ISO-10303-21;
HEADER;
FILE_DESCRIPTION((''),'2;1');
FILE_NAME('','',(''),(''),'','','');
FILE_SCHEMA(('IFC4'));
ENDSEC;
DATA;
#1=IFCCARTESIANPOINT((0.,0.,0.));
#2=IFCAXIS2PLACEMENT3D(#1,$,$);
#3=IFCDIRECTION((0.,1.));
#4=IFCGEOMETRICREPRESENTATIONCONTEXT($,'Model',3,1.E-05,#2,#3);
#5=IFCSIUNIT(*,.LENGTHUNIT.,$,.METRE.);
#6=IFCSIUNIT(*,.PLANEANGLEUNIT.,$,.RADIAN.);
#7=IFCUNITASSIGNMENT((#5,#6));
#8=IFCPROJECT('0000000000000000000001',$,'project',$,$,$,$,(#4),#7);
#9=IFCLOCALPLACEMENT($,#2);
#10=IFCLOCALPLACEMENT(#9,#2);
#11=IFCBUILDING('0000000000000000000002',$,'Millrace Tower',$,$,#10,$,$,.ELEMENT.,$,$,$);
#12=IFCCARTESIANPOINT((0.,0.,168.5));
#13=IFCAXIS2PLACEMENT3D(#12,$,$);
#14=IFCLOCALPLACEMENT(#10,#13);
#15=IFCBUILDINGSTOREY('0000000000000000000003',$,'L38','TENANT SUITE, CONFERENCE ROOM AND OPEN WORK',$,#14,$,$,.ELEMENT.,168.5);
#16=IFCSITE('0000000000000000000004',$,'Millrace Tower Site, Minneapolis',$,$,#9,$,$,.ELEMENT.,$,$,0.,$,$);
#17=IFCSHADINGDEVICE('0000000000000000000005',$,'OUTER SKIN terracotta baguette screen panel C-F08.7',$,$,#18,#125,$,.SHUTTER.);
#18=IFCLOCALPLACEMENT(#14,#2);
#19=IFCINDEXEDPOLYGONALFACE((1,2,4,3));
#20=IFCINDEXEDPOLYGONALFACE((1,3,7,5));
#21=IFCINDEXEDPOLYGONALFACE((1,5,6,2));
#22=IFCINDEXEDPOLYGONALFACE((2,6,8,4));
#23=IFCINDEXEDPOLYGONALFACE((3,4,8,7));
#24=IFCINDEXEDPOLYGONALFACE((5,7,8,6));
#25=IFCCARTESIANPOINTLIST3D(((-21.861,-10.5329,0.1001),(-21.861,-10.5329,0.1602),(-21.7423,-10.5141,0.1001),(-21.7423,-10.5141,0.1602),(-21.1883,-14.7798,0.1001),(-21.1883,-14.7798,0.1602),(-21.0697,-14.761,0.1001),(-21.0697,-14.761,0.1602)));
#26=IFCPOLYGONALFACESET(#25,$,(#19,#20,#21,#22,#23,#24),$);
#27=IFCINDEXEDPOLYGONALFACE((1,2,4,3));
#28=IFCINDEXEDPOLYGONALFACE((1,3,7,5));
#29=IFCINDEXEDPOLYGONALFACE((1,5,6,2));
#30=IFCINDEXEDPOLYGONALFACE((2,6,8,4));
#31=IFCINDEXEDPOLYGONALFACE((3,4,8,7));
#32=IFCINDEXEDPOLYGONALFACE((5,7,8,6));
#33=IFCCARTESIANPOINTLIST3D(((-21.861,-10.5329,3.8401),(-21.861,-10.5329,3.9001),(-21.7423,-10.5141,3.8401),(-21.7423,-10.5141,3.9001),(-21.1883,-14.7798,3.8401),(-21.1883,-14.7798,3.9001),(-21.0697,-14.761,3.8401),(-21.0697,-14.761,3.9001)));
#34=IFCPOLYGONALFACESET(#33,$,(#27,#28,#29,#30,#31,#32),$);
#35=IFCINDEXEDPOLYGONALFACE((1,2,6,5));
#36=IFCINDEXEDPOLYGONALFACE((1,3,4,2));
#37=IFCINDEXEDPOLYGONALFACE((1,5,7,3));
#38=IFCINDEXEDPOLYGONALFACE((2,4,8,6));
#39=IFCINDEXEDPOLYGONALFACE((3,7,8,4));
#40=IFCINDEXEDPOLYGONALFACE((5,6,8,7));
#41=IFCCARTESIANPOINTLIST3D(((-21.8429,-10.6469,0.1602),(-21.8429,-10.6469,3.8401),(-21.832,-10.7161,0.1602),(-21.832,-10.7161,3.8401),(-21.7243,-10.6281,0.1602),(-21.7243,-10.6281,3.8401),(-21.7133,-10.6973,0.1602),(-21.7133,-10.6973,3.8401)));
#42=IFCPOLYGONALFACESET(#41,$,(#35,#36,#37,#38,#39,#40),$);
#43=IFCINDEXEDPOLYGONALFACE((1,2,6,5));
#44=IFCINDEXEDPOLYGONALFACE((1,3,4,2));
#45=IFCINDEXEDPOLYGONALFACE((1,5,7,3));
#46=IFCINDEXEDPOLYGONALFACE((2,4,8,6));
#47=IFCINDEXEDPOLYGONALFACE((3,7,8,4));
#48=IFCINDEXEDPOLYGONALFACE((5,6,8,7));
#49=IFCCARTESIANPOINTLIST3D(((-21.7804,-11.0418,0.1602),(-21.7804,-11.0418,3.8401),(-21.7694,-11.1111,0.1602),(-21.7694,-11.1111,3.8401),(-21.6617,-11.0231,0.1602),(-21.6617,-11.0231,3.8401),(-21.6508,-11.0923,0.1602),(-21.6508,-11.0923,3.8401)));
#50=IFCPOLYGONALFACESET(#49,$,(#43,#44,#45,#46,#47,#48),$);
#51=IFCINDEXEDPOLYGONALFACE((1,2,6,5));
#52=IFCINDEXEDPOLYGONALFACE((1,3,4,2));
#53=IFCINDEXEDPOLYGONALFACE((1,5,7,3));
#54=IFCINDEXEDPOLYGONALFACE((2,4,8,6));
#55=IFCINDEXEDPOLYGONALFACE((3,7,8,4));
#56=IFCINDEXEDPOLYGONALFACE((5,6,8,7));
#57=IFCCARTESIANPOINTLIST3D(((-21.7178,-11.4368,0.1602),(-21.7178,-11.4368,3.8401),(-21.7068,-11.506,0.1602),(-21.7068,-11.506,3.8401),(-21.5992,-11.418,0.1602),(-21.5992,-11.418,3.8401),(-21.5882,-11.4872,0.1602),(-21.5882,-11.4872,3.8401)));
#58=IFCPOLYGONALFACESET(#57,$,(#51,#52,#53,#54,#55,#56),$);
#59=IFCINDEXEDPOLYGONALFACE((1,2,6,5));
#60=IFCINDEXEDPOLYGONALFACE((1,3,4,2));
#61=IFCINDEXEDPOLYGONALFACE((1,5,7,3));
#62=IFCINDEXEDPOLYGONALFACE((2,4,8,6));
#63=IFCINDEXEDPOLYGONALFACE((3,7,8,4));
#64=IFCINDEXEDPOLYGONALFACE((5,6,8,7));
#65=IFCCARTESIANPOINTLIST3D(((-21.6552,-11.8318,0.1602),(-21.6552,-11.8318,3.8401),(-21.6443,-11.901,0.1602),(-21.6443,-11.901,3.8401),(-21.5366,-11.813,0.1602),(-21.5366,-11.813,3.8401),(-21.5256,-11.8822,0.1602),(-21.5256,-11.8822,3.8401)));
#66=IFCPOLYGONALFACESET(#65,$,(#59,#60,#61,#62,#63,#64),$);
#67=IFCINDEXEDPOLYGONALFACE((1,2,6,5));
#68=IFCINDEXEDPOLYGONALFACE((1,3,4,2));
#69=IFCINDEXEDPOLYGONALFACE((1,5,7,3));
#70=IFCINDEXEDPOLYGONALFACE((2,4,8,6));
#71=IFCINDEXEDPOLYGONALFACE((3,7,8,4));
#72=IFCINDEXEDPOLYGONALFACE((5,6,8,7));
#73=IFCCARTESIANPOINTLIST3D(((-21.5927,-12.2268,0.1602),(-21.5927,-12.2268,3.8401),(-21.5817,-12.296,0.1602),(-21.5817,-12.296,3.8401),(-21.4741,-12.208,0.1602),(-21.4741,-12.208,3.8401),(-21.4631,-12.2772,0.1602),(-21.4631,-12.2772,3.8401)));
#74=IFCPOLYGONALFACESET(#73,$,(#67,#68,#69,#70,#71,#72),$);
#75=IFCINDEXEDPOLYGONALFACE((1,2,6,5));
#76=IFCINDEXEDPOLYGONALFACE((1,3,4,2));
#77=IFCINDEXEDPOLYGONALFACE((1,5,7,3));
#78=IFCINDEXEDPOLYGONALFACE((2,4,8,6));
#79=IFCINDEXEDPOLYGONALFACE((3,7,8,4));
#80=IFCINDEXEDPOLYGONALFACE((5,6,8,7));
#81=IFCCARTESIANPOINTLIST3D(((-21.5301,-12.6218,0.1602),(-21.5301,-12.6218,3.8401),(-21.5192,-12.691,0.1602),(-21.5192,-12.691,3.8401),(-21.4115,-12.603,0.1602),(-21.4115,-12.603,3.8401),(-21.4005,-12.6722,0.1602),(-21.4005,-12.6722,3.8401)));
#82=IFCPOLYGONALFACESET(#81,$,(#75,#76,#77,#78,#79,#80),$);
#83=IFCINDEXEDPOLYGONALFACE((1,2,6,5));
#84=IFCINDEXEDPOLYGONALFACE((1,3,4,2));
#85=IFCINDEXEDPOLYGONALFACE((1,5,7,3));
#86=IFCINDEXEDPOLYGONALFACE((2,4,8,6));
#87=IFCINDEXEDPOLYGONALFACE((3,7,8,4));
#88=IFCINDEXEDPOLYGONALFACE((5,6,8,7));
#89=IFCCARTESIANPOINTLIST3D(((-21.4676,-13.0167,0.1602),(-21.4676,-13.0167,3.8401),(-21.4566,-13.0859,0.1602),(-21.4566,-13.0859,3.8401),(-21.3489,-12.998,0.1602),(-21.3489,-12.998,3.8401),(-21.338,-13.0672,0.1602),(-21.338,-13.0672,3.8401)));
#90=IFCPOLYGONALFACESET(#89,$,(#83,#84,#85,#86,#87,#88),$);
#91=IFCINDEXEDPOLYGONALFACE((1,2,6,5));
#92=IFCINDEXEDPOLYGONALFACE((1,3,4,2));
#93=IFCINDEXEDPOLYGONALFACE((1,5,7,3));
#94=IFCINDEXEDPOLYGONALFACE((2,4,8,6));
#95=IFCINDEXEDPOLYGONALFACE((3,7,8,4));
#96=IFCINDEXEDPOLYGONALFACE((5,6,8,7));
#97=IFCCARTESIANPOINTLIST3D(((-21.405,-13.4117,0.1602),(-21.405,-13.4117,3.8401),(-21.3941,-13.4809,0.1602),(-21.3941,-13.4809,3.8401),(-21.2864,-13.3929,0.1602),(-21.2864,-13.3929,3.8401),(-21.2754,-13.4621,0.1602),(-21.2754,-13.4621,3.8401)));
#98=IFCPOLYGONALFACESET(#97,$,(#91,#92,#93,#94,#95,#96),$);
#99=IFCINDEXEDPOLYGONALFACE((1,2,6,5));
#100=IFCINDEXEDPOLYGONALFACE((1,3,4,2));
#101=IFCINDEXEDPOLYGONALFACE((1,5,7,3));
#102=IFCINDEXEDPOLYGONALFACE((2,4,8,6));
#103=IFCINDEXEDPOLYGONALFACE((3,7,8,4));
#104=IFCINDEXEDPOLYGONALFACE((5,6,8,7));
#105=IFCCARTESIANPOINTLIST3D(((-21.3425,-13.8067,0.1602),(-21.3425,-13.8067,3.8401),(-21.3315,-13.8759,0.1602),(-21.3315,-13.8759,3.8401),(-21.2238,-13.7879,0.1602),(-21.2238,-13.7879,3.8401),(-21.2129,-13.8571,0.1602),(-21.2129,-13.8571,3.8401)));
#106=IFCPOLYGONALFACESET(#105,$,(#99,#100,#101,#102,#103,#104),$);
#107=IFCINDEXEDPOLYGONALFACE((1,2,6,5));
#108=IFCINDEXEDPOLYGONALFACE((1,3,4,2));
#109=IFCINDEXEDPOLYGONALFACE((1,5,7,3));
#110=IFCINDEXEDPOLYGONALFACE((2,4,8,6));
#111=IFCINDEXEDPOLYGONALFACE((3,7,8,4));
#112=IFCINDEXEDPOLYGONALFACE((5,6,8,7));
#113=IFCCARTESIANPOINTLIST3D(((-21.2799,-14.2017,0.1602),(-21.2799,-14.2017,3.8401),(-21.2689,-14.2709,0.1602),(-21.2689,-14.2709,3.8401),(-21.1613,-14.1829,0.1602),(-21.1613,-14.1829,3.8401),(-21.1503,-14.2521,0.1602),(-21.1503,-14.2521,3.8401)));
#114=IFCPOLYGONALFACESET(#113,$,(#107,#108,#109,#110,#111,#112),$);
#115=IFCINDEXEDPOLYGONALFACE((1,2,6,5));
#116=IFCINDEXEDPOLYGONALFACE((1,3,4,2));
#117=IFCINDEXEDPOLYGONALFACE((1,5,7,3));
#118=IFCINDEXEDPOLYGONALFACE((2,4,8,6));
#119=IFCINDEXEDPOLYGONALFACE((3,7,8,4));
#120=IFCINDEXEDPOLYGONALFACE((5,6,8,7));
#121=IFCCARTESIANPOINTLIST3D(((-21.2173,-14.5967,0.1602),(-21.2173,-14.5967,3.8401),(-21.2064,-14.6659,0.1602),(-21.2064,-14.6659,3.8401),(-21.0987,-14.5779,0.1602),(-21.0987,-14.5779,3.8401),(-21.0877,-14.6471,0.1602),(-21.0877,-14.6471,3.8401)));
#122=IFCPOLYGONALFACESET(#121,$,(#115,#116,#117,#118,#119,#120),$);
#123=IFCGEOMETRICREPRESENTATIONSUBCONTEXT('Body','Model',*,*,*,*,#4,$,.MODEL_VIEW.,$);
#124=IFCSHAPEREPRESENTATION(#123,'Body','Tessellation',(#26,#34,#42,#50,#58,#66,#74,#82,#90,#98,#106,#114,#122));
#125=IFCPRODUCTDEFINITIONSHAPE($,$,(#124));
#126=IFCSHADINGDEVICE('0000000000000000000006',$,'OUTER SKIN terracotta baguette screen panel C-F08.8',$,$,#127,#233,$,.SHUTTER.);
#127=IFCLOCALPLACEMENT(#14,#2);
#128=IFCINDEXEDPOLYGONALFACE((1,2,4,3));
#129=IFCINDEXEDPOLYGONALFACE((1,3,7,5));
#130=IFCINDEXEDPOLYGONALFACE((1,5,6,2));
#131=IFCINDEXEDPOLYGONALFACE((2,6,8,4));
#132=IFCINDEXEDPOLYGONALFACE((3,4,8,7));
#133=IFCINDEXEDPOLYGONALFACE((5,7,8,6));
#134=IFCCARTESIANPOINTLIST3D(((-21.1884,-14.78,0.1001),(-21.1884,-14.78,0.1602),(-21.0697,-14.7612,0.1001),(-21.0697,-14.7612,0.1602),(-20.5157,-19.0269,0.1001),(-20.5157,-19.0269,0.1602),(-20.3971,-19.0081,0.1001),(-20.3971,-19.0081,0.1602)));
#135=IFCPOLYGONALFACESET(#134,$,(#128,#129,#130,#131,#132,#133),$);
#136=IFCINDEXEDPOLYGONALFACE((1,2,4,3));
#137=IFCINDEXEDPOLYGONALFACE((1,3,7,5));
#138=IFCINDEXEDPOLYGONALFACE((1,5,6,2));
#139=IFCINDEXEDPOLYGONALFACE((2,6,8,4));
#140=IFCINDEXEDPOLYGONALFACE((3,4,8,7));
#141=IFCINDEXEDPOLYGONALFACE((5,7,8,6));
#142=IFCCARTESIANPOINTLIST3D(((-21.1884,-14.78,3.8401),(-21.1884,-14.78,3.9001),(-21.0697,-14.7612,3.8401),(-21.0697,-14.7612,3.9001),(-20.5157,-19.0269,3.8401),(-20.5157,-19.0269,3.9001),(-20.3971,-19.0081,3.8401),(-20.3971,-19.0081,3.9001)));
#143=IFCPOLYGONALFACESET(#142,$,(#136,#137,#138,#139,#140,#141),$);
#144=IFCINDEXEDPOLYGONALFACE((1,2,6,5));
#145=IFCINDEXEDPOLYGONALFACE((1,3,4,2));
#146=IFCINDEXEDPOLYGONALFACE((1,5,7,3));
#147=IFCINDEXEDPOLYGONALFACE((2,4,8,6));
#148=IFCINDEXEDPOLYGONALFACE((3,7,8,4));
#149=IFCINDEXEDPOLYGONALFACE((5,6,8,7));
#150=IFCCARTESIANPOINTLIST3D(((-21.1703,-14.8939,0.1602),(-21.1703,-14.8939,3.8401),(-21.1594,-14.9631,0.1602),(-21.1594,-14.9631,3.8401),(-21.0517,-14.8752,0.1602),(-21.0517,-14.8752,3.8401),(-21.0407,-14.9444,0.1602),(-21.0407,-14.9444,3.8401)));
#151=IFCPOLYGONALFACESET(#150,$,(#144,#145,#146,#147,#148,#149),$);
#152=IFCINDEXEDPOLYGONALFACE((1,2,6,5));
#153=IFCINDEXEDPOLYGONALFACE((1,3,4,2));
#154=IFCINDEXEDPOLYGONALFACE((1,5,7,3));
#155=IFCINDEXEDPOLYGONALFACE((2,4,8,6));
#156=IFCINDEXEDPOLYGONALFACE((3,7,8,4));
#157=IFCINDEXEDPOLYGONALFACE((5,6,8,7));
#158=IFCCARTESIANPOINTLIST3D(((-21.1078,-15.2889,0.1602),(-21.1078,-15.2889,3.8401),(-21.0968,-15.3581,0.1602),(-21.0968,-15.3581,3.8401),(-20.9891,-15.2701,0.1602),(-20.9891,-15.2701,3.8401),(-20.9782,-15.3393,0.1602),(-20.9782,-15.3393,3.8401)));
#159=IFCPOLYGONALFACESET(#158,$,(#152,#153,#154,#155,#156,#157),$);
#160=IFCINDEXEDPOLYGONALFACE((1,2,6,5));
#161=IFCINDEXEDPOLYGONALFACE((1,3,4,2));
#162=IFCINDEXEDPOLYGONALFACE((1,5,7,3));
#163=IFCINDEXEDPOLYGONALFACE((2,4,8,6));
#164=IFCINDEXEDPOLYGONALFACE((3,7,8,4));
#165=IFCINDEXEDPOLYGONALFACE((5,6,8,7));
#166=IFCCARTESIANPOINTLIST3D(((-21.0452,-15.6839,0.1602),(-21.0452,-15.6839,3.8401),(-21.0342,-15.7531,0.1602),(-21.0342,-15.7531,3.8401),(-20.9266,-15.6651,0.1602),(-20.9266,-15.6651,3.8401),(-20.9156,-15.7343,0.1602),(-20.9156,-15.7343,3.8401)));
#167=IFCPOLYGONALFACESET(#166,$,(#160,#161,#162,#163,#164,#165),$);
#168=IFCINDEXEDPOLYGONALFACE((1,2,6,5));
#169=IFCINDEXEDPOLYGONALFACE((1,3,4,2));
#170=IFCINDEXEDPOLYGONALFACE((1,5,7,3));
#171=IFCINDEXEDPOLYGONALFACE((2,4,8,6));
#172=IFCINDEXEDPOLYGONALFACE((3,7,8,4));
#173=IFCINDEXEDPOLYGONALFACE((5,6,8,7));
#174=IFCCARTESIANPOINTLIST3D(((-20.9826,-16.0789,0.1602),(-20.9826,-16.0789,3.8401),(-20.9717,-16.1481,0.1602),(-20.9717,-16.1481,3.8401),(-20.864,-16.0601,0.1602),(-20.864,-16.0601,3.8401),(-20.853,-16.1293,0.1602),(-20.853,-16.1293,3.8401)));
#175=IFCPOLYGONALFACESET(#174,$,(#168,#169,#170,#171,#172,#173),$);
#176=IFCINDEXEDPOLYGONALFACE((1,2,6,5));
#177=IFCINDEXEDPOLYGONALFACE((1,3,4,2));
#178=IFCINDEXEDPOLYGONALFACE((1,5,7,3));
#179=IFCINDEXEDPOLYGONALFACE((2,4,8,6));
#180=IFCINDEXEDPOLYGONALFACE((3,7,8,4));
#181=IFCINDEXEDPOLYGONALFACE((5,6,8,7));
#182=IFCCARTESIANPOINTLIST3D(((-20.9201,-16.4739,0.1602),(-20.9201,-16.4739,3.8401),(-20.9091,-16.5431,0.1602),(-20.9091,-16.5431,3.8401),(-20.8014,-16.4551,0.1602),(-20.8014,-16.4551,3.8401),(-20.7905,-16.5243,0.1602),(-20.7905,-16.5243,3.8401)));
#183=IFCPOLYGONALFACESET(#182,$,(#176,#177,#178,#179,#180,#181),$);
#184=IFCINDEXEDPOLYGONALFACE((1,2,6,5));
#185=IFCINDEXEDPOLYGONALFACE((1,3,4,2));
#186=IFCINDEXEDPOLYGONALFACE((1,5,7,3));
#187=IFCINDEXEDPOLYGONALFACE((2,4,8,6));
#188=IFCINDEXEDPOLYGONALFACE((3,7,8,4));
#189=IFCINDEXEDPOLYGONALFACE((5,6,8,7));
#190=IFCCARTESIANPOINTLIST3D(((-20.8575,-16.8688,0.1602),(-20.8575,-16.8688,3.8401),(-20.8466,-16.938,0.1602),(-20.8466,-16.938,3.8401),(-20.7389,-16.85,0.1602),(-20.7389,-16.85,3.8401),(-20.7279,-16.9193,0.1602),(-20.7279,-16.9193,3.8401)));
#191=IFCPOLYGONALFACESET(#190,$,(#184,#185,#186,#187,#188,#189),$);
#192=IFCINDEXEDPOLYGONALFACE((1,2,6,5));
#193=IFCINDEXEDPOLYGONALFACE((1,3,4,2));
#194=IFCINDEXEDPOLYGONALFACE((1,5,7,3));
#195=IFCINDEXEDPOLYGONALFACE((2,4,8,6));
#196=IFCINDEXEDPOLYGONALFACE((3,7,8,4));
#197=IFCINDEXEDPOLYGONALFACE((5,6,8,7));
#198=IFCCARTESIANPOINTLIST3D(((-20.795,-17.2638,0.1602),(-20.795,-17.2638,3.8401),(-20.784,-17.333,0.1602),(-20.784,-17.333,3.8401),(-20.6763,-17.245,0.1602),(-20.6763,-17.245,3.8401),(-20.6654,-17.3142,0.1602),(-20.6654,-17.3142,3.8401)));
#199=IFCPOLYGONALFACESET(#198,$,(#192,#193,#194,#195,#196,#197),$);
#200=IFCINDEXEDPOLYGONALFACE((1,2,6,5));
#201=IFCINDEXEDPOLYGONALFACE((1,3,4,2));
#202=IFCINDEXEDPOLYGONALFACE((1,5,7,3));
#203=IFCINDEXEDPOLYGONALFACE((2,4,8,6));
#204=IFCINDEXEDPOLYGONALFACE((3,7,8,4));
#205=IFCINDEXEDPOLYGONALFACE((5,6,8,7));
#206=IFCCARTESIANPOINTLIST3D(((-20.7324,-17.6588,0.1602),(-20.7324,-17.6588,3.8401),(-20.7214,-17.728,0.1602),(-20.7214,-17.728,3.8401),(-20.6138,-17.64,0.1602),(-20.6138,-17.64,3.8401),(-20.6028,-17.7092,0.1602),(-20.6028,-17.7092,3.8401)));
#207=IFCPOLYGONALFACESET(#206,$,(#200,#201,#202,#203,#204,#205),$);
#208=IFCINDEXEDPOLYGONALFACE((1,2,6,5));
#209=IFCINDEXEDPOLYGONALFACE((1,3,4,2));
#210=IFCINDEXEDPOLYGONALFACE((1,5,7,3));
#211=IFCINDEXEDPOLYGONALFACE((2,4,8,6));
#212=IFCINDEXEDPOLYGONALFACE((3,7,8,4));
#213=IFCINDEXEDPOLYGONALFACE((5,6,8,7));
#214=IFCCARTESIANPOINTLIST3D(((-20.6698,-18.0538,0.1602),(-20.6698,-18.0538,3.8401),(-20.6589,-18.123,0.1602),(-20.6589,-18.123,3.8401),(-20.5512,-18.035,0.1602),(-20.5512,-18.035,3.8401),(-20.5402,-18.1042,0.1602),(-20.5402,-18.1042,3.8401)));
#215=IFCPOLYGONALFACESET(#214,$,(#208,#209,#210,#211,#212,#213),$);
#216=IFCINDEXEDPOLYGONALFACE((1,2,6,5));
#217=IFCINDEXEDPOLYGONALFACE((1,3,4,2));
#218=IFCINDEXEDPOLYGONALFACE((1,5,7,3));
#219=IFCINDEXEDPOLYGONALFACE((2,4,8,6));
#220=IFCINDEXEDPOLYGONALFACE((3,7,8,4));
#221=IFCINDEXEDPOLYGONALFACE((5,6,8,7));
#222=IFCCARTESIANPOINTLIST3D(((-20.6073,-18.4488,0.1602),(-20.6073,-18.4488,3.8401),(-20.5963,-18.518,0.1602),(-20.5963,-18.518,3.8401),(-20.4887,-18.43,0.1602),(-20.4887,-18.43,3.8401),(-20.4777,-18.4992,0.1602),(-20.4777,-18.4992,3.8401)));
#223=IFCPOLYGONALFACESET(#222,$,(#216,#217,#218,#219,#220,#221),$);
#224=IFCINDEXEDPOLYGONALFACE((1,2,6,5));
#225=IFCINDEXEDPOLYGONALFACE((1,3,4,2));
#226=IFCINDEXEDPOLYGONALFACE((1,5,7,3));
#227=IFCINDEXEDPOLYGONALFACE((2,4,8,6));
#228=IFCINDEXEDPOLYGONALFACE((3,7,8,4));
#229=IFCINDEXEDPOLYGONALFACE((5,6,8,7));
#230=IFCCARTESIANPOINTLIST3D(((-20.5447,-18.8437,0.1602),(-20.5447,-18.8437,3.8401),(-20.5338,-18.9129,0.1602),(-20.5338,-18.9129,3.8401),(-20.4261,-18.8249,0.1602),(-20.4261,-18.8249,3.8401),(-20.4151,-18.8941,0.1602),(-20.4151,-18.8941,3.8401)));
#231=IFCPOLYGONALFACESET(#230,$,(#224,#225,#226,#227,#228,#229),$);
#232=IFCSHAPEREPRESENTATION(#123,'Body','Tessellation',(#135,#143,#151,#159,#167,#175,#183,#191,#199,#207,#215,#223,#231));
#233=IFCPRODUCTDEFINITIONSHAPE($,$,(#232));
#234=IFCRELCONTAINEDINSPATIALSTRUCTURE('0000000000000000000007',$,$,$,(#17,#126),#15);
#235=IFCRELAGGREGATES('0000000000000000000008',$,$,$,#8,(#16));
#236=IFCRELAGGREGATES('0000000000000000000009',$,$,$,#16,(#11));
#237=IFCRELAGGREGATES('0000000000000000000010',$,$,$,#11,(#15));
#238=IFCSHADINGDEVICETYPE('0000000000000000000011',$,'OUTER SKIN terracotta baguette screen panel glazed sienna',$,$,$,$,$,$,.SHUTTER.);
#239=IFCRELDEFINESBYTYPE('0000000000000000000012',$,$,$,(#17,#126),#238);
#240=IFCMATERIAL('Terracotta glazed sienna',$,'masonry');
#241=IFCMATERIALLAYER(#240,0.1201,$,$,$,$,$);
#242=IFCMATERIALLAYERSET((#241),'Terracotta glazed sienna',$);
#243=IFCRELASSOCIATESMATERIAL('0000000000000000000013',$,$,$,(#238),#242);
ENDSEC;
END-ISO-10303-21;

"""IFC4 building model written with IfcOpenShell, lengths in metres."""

from ifc_helpers import new_model, entity, si_unit, direction, frame, frame_2d, origin, origin_2d, place, context, subcontext, project, spatial, rectangle, extrude, source, transform, mapped, material, layer, layer_set, type_object, element, save


model = new_model("IFC4")

# Units and contexts
model_context = context("Model", 3, precision=1e-05, world=origin(), true_north=direction((0.0, 1.0)))
body_context = subcontext(model_context, "Body", "Model", "MODEL_VIEW")
ifc_project = project(units=[si_unit("LENGTHUNIT", "METRE"), si_unit("PLANEANGLEUNIT", "RADIAN")], contexts=[model_context])

# Site, building, storey
site_placement = place(None, origin())
site = spatial("IfcSite", under=ifc_project, at=site_placement, Name="Millrace Tower Site, Minneapolis", CompositionType="ELEMENT", RefElevation=0.0)
building_placement = place(site_placement, origin())
building = spatial("IfcBuilding", under=site, at=building_placement, Name="Millrace Tower", CompositionType="ELEMENT")
storey_placement = place(building_placement, frame((0.0, 0.0, 168.5)))
storey = spatial("IfcBuildingStorey", under=building, at=storey_placement, Name="L38", Description="TENANT SUITE, CONFERENCE ROOM AND OPEN WORK", CompositionType="ELEMENT", Elevation=168.5)

# Shading devices
ifc_material_1 = material(Name="Terracotta glazed sienna", Category="masonry")
ifc_layer_1 = layer(ifc_material_1, 0.1201)
ifc_layer_set_1 = layer_set([ifc_layer_1], Name="Terracotta glazed sienna")
shading_device_type = type_object("IfcShadingDeviceType", Name="OUTER SKIN terracotta baguette screen panel glazed sienna", PredefinedType="SHUTTER", material=ifc_layer_set_1)
cartesian_point = entity("IfcCartesianPoint", [-2.1499, 0.0601])
shared_polyline = entity("IfcPolyline", [cartesian_point, entity("IfcCartesianPoint", [2.1499, 0.0601]), entity("IfcCartesianPoint", [2.1499, -0.0601]), entity("IfcCartesianPoint", [-2.1499, -0.0601]), cartesian_point])
shared_shape = source(origin(), body_context, "Body", "SweptSolid", [
    entity("IfcExtrudedAreaSolid", entity("IfcArbitraryClosedProfileDef", "AREA", None, shared_polyline), entity("IfcAxis2Placement3D", entity("IfcCartesianPoint", [0.0, 0.0, 0.0])), entity("IfcDirection", [0.0, 0.0, 1.0]), 0.0601),
    entity("IfcExtrudedAreaSolid", entity("IfcArbitraryClosedProfileDef", "AREA", None, shared_polyline), entity("IfcAxis2Placement3D", entity("IfcCartesianPoint", [0.0, 0.0, 3.74])), entity("IfcDirection", [0.0, 0.0, 1.0]), 0.0601),
    extrude(rectangle(XDim=0.0701, YDim=0.1201, at=frame_2d((-1.9995, 0.0))), frame((0.0, 0.0, 0.0601)), (0.0, 0.0, 1.0), 3.6799),
    extrude(rectangle(XDim=0.0701, YDim=0.1201, at=frame_2d((-1.5996, 0.0))), frame((0.0, 0.0, 0.0601)), (0.0, 0.0, 1.0), 3.6799),
    extrude(rectangle(XDim=0.0701, YDim=0.1201, at=frame_2d((-1.1997, 0.0))), frame((0.0, 0.0, 0.0601)), (0.0, 0.0, 1.0), 3.6799),
    extrude(rectangle(XDim=0.0701, YDim=0.1201, at=frame_2d((-0.7998, 0.0))), frame((0.0, 0.0, 0.0601)), (0.0, 0.0, 1.0), 3.6799),
    extrude(rectangle(XDim=0.0701, YDim=0.1201, at=frame_2d((-0.3999, 0.0))), frame((0.0, 0.0, 0.0601)), (0.0, 0.0, 1.0), 3.6799),
    extrude(rectangle(XDim=0.0701, YDim=0.1201, at=origin_2d()), frame((0.0, 0.0, 0.0601)), (0.0, 0.0, 1.0), 3.6799),
    extrude(rectangle(XDim=0.0701, YDim=0.1201, at=frame_2d((0.3999, 0.0))), frame((0.0, 0.0, 0.0601)), (0.0, 0.0, 1.0), 3.6799),
    extrude(rectangle(XDim=0.0701, YDim=0.1201, at=frame_2d((0.7998, 0.0))), frame((0.0, 0.0, 0.0601)), (0.0, 0.0, 1.0), 3.6799),
    extrude(rectangle(XDim=0.0701, YDim=0.1201, at=frame_2d((1.1997, 0.0))), frame((0.0, 0.0, 0.0601)), (0.0, 0.0, 1.0), 3.6799),
    extrude(rectangle(XDim=0.0701, YDim=0.1201, at=frame_2d((1.5996, 0.0))), frame((0.0, 0.0, 0.0601)), (0.0, 0.0, 1.0), 3.6799),
    extrude(rectangle(XDim=0.0701, YDim=0.1201, at=frame_2d((1.9995, 0.0))), frame((0.0, 0.0, 0.0601)), (0.0, 0.0, 1.0), 3.6799),
])
for number, where, z_axis, x_axis, name in (
    (1, (-21.4653, -12.647, 0.1001), (0.0, 0.0, 1.0), (0.156434, -0.987688, 0.0), "OUTER SKIN terracotta baguette screen panel C-F08.7"),
    (2, (-20.7927, -16.894, 0.1001), (0.0, 0.0, 1.0), (0.156434, -0.987688, 0.0), "OUTER SKIN terracotta baguette screen panel C-F08.8"),
):
    element("IfcShadingDevice", number, at=place(storey_placement, frame(where, z_axis=z_axis, x_axis=x_axis)), inside=storey, type_object=shading_device_type, Name=name, PredefinedType="SHUTTER", context=body_context, shape_type="MappedRepresentation", body=[
        mapped(shared_shape, transform((0.0, 0.0, 0.0), scale=1.0)),
    ])

save(model, "model.ifc")
